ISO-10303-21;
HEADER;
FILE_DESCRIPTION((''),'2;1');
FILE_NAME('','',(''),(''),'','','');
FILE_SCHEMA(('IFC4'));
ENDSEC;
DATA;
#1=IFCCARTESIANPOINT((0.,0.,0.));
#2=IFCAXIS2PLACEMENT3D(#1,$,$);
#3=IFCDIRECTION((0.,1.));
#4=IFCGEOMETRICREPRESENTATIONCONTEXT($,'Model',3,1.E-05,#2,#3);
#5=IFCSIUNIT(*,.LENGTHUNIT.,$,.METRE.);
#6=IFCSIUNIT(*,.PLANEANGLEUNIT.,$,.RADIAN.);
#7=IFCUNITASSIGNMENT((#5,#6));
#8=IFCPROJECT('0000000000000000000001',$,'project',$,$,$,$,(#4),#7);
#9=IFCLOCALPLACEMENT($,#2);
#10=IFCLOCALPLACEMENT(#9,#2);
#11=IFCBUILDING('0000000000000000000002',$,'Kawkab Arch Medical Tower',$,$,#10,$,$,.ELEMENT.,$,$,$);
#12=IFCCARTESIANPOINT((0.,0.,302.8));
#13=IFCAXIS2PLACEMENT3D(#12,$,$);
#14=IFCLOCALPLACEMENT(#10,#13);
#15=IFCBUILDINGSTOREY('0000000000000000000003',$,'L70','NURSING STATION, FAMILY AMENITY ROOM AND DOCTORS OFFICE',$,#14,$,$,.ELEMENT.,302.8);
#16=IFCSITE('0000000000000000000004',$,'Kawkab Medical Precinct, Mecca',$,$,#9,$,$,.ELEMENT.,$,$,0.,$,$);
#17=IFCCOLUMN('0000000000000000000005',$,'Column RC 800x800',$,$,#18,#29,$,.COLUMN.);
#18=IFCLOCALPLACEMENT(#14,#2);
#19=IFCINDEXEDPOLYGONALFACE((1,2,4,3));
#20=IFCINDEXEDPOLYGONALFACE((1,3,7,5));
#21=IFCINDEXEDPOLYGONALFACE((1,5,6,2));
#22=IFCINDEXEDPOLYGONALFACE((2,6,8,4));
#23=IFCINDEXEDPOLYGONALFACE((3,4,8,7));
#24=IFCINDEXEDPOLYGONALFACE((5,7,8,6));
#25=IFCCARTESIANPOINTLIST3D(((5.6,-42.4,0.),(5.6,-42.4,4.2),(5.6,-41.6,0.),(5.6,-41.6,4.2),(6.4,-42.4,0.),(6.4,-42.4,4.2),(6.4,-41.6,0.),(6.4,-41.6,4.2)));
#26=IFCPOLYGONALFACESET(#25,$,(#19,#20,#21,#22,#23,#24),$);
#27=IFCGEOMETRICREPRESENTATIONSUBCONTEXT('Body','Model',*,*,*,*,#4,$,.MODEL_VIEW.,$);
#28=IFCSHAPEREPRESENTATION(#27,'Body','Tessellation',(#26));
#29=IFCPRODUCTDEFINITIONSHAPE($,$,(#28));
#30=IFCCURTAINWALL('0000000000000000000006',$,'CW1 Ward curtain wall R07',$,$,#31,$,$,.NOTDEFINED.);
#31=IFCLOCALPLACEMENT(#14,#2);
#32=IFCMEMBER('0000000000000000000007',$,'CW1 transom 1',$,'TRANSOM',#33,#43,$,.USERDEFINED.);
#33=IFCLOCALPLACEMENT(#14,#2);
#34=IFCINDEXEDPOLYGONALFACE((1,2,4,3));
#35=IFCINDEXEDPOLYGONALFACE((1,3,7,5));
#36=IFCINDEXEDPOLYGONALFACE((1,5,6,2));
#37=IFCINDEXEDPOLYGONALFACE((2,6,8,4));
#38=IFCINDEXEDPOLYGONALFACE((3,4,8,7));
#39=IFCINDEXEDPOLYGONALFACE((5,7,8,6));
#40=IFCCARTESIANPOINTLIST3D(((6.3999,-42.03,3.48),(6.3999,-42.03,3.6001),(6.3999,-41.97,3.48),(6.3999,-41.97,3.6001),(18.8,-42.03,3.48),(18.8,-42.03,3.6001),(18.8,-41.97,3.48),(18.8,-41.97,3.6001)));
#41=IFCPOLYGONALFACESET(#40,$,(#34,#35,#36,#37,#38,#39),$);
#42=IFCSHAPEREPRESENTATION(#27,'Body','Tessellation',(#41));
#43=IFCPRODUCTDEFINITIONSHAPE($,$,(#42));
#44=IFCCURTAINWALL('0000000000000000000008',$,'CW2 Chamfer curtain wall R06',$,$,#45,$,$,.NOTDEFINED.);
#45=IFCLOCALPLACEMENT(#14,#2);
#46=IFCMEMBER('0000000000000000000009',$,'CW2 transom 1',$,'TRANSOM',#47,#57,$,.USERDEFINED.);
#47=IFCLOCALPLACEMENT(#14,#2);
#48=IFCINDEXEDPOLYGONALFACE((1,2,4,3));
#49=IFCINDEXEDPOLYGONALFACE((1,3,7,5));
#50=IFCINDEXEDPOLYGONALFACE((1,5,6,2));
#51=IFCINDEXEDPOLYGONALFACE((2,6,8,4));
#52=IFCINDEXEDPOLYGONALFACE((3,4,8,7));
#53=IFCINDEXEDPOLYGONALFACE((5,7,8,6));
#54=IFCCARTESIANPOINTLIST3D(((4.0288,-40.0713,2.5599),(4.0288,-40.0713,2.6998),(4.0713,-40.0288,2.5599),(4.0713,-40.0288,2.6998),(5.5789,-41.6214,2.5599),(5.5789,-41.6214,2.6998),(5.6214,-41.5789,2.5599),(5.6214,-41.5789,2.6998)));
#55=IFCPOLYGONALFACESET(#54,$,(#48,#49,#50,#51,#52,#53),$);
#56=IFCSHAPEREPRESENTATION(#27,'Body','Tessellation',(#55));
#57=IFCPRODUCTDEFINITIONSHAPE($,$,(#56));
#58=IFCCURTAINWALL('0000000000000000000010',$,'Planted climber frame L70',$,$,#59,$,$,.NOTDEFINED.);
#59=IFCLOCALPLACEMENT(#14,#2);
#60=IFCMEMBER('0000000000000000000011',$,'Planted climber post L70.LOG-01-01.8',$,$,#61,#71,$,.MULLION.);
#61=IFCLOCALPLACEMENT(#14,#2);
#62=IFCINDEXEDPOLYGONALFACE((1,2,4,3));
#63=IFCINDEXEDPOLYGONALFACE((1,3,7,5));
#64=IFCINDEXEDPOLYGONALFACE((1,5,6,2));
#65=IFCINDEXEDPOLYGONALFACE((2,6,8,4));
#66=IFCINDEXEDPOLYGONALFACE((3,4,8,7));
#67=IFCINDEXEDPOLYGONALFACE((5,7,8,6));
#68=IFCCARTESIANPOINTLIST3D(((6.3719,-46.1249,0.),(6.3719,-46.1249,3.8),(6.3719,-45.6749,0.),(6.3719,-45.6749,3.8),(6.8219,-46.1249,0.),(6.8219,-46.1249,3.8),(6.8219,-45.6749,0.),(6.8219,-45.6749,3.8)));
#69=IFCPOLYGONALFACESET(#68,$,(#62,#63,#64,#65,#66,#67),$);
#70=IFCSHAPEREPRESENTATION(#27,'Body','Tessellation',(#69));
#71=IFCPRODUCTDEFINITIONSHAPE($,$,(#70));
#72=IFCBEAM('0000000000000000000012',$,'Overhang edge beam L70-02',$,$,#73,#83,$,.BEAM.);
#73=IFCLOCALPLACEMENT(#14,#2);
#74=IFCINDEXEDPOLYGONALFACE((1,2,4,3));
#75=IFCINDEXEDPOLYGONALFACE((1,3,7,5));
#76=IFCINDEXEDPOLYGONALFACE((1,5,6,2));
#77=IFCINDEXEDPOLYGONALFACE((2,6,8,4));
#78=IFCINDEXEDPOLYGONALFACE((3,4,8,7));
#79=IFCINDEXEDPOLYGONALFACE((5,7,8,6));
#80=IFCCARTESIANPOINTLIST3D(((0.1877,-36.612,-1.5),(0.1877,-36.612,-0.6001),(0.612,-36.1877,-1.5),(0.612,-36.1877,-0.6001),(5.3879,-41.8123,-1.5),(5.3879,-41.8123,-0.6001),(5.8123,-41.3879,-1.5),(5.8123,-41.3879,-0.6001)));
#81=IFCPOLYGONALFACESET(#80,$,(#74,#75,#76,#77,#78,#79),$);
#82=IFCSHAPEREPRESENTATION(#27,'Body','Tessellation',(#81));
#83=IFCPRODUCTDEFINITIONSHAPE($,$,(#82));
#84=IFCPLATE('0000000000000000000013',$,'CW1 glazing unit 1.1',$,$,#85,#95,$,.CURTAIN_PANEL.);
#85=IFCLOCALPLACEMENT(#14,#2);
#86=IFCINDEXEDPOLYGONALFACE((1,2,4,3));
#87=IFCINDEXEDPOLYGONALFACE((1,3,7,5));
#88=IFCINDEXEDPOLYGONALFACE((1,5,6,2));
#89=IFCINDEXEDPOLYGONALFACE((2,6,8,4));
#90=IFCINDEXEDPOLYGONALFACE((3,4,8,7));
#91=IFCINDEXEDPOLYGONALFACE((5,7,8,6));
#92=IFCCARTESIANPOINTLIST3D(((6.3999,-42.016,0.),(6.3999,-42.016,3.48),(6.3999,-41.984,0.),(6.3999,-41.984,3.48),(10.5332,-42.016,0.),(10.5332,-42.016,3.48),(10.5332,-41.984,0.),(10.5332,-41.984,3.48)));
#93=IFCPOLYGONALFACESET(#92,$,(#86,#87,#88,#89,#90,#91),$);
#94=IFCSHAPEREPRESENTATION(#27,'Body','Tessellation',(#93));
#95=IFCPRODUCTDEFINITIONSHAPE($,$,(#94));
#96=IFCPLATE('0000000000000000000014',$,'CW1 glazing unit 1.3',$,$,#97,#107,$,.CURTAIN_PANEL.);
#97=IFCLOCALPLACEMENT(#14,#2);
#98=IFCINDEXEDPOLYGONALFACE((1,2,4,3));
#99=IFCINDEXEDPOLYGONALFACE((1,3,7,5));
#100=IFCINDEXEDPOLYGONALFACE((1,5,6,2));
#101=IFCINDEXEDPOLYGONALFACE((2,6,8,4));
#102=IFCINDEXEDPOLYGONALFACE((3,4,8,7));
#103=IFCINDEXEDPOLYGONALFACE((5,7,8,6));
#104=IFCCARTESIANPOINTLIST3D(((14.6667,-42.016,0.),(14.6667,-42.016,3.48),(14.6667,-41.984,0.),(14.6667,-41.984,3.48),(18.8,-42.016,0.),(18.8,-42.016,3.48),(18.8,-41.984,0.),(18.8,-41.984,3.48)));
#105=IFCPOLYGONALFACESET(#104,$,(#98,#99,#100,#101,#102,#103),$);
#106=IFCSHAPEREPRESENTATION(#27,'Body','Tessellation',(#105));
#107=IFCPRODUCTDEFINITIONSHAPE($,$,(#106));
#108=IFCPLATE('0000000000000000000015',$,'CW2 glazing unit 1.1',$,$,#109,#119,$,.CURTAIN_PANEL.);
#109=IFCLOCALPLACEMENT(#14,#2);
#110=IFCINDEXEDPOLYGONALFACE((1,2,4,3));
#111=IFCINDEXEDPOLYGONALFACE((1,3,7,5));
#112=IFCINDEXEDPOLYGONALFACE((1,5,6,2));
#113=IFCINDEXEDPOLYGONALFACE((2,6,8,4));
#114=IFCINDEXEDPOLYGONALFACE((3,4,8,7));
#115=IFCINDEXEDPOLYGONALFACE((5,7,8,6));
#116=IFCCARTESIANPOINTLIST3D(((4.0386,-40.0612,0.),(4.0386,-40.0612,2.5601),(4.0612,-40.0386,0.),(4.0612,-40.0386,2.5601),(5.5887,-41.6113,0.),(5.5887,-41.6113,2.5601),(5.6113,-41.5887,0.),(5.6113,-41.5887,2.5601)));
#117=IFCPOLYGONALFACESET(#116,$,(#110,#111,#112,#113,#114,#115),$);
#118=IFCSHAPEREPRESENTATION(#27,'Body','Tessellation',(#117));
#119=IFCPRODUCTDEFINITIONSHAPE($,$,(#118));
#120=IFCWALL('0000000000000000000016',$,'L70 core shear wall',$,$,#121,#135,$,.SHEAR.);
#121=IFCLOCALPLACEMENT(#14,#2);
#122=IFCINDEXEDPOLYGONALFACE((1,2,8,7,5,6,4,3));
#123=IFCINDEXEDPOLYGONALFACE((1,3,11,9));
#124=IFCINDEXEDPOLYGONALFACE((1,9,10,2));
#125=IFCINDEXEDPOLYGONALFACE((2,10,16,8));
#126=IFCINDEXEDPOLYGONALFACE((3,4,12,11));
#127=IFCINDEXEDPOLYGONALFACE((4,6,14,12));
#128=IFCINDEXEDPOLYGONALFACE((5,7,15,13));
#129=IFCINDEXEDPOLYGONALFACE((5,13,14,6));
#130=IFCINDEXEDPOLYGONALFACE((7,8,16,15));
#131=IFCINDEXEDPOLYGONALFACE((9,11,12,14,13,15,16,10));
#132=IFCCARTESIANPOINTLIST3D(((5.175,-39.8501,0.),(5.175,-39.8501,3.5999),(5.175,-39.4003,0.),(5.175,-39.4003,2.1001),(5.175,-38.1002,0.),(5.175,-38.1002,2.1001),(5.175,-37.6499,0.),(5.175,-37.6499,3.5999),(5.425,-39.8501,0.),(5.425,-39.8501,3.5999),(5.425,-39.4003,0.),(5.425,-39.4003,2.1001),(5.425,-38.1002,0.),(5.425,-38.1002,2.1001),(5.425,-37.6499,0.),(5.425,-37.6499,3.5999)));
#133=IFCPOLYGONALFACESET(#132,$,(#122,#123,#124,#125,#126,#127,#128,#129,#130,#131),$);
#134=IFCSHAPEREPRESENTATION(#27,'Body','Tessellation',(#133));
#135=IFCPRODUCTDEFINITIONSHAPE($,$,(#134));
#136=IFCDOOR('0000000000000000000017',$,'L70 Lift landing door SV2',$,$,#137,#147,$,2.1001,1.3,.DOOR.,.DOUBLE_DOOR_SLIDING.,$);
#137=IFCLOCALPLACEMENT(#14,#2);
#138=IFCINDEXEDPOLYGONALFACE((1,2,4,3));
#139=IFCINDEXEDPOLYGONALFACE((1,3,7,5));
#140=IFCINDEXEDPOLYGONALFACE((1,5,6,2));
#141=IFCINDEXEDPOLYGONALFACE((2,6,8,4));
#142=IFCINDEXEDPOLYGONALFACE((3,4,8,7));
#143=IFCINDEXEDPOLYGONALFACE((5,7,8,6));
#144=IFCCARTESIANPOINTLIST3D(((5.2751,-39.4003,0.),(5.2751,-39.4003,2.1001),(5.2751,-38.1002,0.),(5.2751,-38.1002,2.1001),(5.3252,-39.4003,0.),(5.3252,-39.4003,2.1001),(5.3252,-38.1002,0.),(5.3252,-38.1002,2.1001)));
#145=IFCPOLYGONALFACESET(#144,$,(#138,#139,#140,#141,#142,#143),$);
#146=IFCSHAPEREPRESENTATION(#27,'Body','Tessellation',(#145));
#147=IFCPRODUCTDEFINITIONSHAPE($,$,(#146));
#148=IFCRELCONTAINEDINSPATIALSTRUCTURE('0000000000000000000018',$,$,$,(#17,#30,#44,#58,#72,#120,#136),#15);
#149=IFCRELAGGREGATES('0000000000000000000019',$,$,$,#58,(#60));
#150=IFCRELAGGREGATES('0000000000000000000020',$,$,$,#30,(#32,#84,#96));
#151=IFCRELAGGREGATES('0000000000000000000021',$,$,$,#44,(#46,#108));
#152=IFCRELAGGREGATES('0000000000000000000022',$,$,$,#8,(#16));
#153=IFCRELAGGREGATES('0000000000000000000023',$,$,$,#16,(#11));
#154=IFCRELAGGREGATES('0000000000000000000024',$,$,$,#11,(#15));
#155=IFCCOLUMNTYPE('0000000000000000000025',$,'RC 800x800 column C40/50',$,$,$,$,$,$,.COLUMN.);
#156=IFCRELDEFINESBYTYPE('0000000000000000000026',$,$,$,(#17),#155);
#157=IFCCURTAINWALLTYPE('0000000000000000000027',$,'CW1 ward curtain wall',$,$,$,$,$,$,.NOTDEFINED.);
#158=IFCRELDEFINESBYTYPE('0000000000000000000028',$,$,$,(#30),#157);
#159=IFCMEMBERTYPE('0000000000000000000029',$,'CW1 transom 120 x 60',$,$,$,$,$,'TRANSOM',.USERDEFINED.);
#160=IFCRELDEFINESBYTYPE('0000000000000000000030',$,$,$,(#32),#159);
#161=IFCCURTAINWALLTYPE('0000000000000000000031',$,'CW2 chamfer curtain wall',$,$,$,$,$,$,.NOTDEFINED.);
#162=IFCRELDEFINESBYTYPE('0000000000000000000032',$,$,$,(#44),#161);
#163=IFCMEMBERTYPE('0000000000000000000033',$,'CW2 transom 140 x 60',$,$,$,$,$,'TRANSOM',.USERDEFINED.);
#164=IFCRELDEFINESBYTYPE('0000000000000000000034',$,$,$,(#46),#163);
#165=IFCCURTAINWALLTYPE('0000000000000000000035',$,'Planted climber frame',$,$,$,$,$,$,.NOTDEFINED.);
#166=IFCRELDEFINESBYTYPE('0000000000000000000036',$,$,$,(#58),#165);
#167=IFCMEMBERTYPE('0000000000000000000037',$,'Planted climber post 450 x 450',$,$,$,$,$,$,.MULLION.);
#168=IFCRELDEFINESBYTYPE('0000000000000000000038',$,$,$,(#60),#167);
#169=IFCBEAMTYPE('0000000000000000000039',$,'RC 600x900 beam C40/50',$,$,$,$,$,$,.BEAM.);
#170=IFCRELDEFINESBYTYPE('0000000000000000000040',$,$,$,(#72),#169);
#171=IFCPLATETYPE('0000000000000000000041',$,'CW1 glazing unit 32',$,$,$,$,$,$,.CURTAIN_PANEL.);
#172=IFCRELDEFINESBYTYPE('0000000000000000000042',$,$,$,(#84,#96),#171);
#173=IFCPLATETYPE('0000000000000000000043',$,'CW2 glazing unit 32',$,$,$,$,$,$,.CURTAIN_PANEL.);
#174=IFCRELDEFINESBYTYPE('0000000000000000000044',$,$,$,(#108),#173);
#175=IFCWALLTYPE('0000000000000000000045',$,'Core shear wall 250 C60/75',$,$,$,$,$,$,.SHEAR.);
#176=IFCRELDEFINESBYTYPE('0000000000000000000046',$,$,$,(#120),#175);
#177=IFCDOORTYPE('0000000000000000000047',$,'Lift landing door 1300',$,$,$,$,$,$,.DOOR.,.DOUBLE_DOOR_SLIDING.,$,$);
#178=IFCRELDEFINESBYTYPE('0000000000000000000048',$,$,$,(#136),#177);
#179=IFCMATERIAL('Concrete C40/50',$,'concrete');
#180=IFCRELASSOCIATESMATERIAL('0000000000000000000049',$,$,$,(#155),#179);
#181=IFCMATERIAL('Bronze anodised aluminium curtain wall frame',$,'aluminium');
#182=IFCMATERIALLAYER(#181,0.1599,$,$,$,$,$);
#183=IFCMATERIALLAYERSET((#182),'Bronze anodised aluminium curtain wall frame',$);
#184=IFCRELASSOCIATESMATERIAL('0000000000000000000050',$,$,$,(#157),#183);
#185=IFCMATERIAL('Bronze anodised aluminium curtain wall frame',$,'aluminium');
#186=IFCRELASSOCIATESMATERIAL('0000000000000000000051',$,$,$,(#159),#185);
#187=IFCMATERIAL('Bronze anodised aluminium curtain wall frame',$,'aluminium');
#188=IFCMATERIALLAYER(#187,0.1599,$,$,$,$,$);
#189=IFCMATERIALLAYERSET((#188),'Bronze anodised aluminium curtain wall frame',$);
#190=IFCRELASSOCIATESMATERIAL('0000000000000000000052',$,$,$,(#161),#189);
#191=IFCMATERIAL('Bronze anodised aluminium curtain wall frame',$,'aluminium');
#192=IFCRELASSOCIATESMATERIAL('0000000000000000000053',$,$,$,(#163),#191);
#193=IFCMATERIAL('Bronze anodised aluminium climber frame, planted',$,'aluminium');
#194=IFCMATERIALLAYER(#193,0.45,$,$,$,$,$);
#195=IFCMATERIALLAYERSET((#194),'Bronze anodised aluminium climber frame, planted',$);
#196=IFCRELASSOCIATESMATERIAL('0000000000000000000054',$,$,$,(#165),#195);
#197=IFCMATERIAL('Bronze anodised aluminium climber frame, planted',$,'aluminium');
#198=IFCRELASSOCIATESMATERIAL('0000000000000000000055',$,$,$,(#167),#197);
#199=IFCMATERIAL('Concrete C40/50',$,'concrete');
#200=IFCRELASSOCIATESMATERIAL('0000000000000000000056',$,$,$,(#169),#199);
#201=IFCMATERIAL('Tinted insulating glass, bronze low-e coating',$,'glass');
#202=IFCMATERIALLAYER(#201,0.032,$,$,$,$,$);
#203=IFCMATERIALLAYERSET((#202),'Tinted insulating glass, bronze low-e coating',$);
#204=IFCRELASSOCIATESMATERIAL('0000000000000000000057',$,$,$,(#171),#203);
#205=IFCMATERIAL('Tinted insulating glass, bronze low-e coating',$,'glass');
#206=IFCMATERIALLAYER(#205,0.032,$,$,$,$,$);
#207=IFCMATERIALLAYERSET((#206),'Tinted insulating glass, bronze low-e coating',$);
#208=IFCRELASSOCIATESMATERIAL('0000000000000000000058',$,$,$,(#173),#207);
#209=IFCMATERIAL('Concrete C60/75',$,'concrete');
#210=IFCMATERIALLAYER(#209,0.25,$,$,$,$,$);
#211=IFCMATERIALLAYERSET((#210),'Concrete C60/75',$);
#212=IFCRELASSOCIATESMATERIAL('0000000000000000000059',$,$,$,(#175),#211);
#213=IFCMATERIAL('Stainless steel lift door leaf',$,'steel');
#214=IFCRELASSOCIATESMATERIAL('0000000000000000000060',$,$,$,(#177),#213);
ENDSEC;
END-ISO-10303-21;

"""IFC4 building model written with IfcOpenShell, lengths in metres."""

from ifc_helpers import new_model, si_unit, direction, frame, frame_2d, origin, origin_2d, place, context, subcontext, project, spatial, rectangle, extrude, material, layer, layer_set, material_profile, profile_set, type_object, element, fill, aggregate, save


model = new_model("IFC4")

# Units and contexts
model_context = context("Model", 3, precision=1e-05, world=origin(), true_north=direction((0.0, 1.0)))
body_context = subcontext(model_context, "Body", "Model", "MODEL_VIEW")
ifc_project = project(units=[si_unit("LENGTHUNIT", "METRE"), si_unit("PLANEANGLEUNIT", "RADIAN")], contexts=[model_context])

# Site, building, storey
site_placement = place(None, origin())
site = spatial("IfcSite", under=ifc_project, at=site_placement, Name="Kawkab Medical Precinct, Mecca", CompositionType="ELEMENT", RefElevation=0.0)
building_placement = place(site_placement, origin())
building = spatial("IfcBuilding", under=site, at=building_placement, Name="Kawkab Arch Medical Tower", CompositionType="ELEMENT")
storey_placement = place(building_placement, frame((0.0, 0.0, 302.8)))
storey = spatial("IfcBuildingStorey", under=building, at=storey_placement, Name="L70", Description="NURSING STATION, FAMILY AMENITY ROOM AND DOCTORS OFFICE", CompositionType="ELEMENT", Elevation=302.8)

# Column
ifc_material_1 = material(Name="Concrete C40/50", Category="concrete")
ifc_material_profile_1 = material_profile(ifc_material_1, rectangle(XDim=0.8, YDim=0.8, at=origin_2d()), Name="RC 800x800")
ifc_profile_set_1 = profile_set([ifc_material_profile_1], Name="Concrete C40/50")
column_type = type_object("IfcColumnType", Name="RC 800x800 column C40/50", PredefinedType="COLUMN", material=ifc_profile_set_1)
column_placement = place(storey_placement, frame((6.0, -42.0, 0.0), z_axis=(0.0, 0.0, 1.0), x_axis=(1.0, 0.0, 0.0)))
element("IfcColumn", 1, at=column_placement, inside=storey, type_object=column_type, Name="Column RC 800x800", PredefinedType="COLUMN", context=body_context, shape_type="SweptSolid", body=[
    extrude(rectangle(XDim=0.8, YDim=0.8, at=origin_2d()), origin(), (0.0, 0.0, 1.0), 4.2),
])

# Curtain walls, members
ifc_material_2 = material(Name="Bronze anodised aluminium curtain wall frame", Category="aluminium")
ifc_layer_1 = layer(ifc_material_2, 0.1599)
ifc_layer_set_1 = layer_set([ifc_layer_1], Name="Bronze anodised aluminium curtain wall frame")
curtain_wall_type_1 = type_object("IfcCurtainWallType", Name="CW1 ward curtain wall", PredefinedType="NOTDEFINED", material=ifc_layer_set_1)
placement = place(storey_placement, origin())
curtain_wall_1 = element("IfcCurtainWall", 2, at=placement, inside=storey, type_object=curtain_wall_type_1, Name="CW1 Ward curtain wall R07", PredefinedType="NOTDEFINED")
ifc_material_3 = material(Name="Bronze anodised aluminium curtain wall frame", Category="aluminium")
ifc_material_profile_2 = material_profile(ifc_material_3, rectangle(XDim=0.0601, YDim=0.1201, at=origin_2d()), Name="AL 60x120")
ifc_profile_set_2 = profile_set([ifc_material_profile_2], Name="Bronze anodised aluminium curtain wall frame")
member_type_1 = type_object("IfcMemberType", Name="CW1 transom 120 x 60", ElementType="TRANSOM", PredefinedType="USERDEFINED", material=ifc_profile_set_2)
member_1_placement = place(storey_placement, frame((6.3999, -42.0, 3.54), z_axis=(1.0, 0.0, 0.0), x_axis=(0.0, 1.0, 0.0)))
member_1 = element("IfcMember", 3, at=member_1_placement, type_object=member_type_1, Name="CW1 transom 1", ObjectType="TRANSOM", PredefinedType="USERDEFINED", context=body_context, shape_type="SweptSolid", body=[
    extrude(rectangle(XDim=0.0601, YDim=0.1201, at=origin_2d()), origin(), (0.0, 0.0, 1.0), 12.4001),
])
ifc_material_4 = material(Name="Bronze anodised aluminium curtain wall frame", Category="aluminium")
ifc_layer_2 = layer(ifc_material_4, 0.1599)
ifc_layer_set_2 = layer_set([ifc_layer_2], Name="Bronze anodised aluminium curtain wall frame")
curtain_wall_type_2 = type_object("IfcCurtainWallType", Name="CW2 chamfer curtain wall", PredefinedType="NOTDEFINED", material=ifc_layer_set_2)
curtain_wall_2 = element("IfcCurtainWall", 4, at=placement, inside=storey, type_object=curtain_wall_type_2, Name="CW2 Chamfer curtain wall R06", PredefinedType="NOTDEFINED")
ifc_material_5 = material(Name="Bronze anodised aluminium curtain wall frame", Category="aluminium")
ifc_material_profile_3 = material_profile(ifc_material_5, rectangle(XDim=0.0601, YDim=0.1399, at=origin_2d()), Name="AL 60x140")
ifc_profile_set_3 = profile_set([ifc_material_profile_3], Name="Bronze anodised aluminium curtain wall frame")
member_type_2 = type_object("IfcMemberType", Name="CW2 transom 140 x 60", ElementType="TRANSOM", PredefinedType="USERDEFINED", material=ifc_profile_set_3)
member_2_placement = place(storey_placement, frame((4.05, -40.05, 2.6299), z_axis=(0.707107, -0.707107, 0.0), x_axis=(0.707107, 0.707107, 0.0)))
member_2 = element("IfcMember", 5, at=member_2_placement, type_object=member_type_2, Name="CW2 transom 1", ObjectType="TRANSOM", PredefinedType="USERDEFINED", context=body_context, shape_type="SweptSolid", body=[
    extrude(rectangle(XDim=0.0601, YDim=0.1399, at=origin_2d()), origin(), (0.0, 0.0, 1.0), 2.1921),
])
ifc_material_6 = material(Name="Bronze anodised aluminium climber frame, planted", Category="aluminium")
ifc_layer_3 = layer(ifc_material_6, 0.45)
ifc_layer_set_3 = layer_set([ifc_layer_3], Name="Bronze anodised aluminium climber frame, planted")
curtain_wall_type_3 = type_object("IfcCurtainWallType", Name="Planted climber frame", PredefinedType="NOTDEFINED", material=ifc_layer_set_3)
curtain_wall_3 = element("IfcCurtainWall", 6, at=placement, inside=storey, type_object=curtain_wall_type_3, Name="Planted climber frame L70", PredefinedType="NOTDEFINED")
ifc_material_7 = material(Name="Bronze anodised aluminium climber frame, planted", Category="aluminium")
ifc_material_profile_4 = material_profile(ifc_material_7, rectangle(XDim=0.45, YDim=0.45, at=origin_2d()), Name="Post 450x450")
ifc_profile_set_4 = profile_set([ifc_material_profile_4], Name="Bronze anodised aluminium climber frame, planted")
member_type_3 = type_object("IfcMemberType", Name="Planted climber post 450 x 450", PredefinedType="MULLION", material=ifc_profile_set_4)
member_3_placement = place(storey_placement, frame((6.5969, -45.8999, 0.0), z_axis=(0.0, 0.0, 1.0), x_axis=(1.0, 0.0, 0.0)))
member_3 = element("IfcMember", 7, at=member_3_placement, type_object=member_type_3, Name="Planted climber post L70.LOG-01-01.8", PredefinedType="MULLION", context=body_context, shape_type="SweptSolid", body=[
    extrude(rectangle(XDim=0.45, YDim=0.45, at=origin_2d()), origin(), (0.0, 0.0, 1.0), 3.8),
])
aggregate(curtain_wall_3, [member_3])

# Beam
ifc_material_8 = material(Name="Concrete C40/50", Category="concrete")
ifc_material_profile_5 = material_profile(ifc_material_8, rectangle(XDim=0.6001, YDim=0.8999, at=origin_2d()), Name="RC 600x900")
ifc_profile_set_5 = profile_set([ifc_material_profile_5], Name="Concrete C40/50")
beam_type = type_object("IfcBeamType", Name="RC 600x900 beam C40/50", PredefinedType="BEAM", material=ifc_profile_set_5)
beam_placement = place(storey_placement, frame((5.6001, -41.6001, -1.05), z_axis=(-0.707107, 0.707107, 0.0), x_axis=(-0.707107, -0.707107, 0.0)))
element("IfcBeam", 8, at=beam_placement, inside=storey, type_object=beam_type, Name="Overhang edge beam L70-02", PredefinedType="BEAM", context=body_context, shape_type="SweptSolid", body=[
    extrude(rectangle(XDim=0.6001, YDim=0.8999, at=origin_2d()), origin(), (0.0, 0.0, 1.0), 7.3542),
])

# Plates
ifc_material_9 = material(Name="Tinted insulating glass, bronze low-e coating", Category="glass")
ifc_layer_4 = layer(ifc_material_9, 0.032)
ifc_layer_set_4 = layer_set([ifc_layer_4], Name="Tinted insulating glass, bronze low-e coating")
plate_type_1 = type_object("IfcPlateType", Name="CW1 glazing unit 32", PredefinedType="CURTAIN_PANEL", material=ifc_layer_set_4)
plate_1_placement = place(storey_placement, frame((8.4666, -42.0, 0.0), z_axis=(0.0, 0.0, 1.0), x_axis=(1.0, 0.0, 0.0)))
plate_1 = element("IfcPlate", 9, at=plate_1_placement, type_object=plate_type_1, Name="CW1 glazing unit 1.1", PredefinedType="CURTAIN_PANEL", context=body_context, shape_type="SweptSolid", body=[
    extrude(rectangle(XDim=4.1333, YDim=0.032, at=origin_2d()), origin(), (0.0, 0.0, 1.0), 3.48),
])
plate_2_placement = place(storey_placement, frame((16.7334, -42.0, 0.0), z_axis=(0.0, 0.0, 1.0), x_axis=(1.0, 0.0, 0.0)))
plate_2 = element("IfcPlate", 10, at=plate_2_placement, type_object=plate_type_1, Name="CW1 glazing unit 1.3", PredefinedType="CURTAIN_PANEL", context=body_context, shape_type="SweptSolid", body=[
    extrude(rectangle(XDim=4.1333, YDim=0.032, at=origin_2d()), origin(), (0.0, 0.0, 1.0), 3.48),
])
aggregate(curtain_wall_1, [member_1, plate_1, plate_2])
ifc_material_10 = material(Name="Tinted insulating glass, bronze low-e coating", Category="glass")
ifc_layer_5 = layer(ifc_material_10, 0.032)
ifc_layer_set_5 = layer_set([ifc_layer_5], Name="Tinted insulating glass, bronze low-e coating")
plate_type_2 = type_object("IfcPlateType", Name="CW2 glazing unit 32", PredefinedType="CURTAIN_PANEL", material=ifc_layer_set_5)
plate_3_placement = place(storey_placement, frame((4.825, -40.825, 0.0), z_axis=(0.0, 0.0, 1.0), x_axis=(0.707107, -0.707107, 0.0)))
plate_3 = element("IfcPlate", 11, at=plate_3_placement, type_object=plate_type_2, Name="CW2 glazing unit 1.1", PredefinedType="CURTAIN_PANEL", context=body_context, shape_type="SweptSolid", body=[
    extrude(rectangle(XDim=2.1921, YDim=0.032, at=origin_2d()), origin(), (0.0, 0.0, 1.0), 2.5601),
])
aggregate(curtain_wall_2, [member_2, plate_3])

# Wall, opening, door
ifc_material_11 = material(Name="Concrete C60/75", Category="concrete")
ifc_layer_6 = layer(ifc_material_11, 0.25)
ifc_layer_set_6 = layer_set([ifc_layer_6], Name="Concrete C60/75")
wall_type_1 = type_object("IfcWallType", Name="Core shear wall 250 C60/75", PredefinedType="SHEAR", material=ifc_layer_set_6)
wall_1_placement = place(storey_placement, frame((5.3, -39.8501, 0.0), z_axis=(0.0, 0.0, 1.0), x_axis=(0.0, 1.0, 0.0)))
wall_1 = element("IfcWall", 12, at=wall_1_placement, inside=storey, type_object=wall_type_1, Name="L70 core shear wall", PredefinedType="SHEAR", context=body_context, shape_type="SweptSolid", body=[
    extrude(rectangle(XDim=2.2002, YDim=0.25, at=frame_2d((1.1001, 0.0))), origin(), (0.0, 0.0, 1.0), 3.5999),
])
opening_1_placement = place(wall_1_placement, frame((0.45, 0.0, 0.0)))
opening_1 = element("IfcOpeningElement", 13, at=opening_1_placement, cuts=wall_1, PredefinedType="OPENING", context=body_context, shape_type="SweptSolid", body=[
    extrude(rectangle(XDim=1.3, YDim=2.1001, at=frame_2d((0.6499, 1.05))), frame((0.0, 0.135, 0.0), z_axis=(0.0, -1.0, 0.0), x_axis=(1.0, 0.0, 0.0)), (0.0, 0.0, 1.0), 0.27),
])
ifc_material_12 = material(Name="Stainless steel lift door leaf", Category="steel")
door_type_1 = type_object("IfcDoorType", Name="Lift landing door 1300", OperationType="DOUBLE_DOOR_SLIDING", PredefinedType="DOOR", material=ifc_material_12)
door_1_placement = place(opening_1_placement, origin())
door_1 = element("IfcDoor", 14, at=door_1_placement, inside=storey, type_object=door_type_1, Name="L70 Lift landing door SV2", OperationType="DOUBLE_DOOR_SLIDING", OverallHeight=2.1001, OverallWidth=1.3, PredefinedType="DOOR", context=body_context, shape_type="SweptSolid", body=[
    extrude(rectangle(XDim=1.3, YDim=2.1001, at=frame_2d((0.6499, 1.05))), frame((0.0, 0.0249, 0.0), z_axis=(0.0, -1.0, 0.0), x_axis=(1.0, 0.0, 0.0)), (0.0, 0.0, 1.0), 0.05),
])
fill(opening_1, door_1)

save(model, "model.ifc")
